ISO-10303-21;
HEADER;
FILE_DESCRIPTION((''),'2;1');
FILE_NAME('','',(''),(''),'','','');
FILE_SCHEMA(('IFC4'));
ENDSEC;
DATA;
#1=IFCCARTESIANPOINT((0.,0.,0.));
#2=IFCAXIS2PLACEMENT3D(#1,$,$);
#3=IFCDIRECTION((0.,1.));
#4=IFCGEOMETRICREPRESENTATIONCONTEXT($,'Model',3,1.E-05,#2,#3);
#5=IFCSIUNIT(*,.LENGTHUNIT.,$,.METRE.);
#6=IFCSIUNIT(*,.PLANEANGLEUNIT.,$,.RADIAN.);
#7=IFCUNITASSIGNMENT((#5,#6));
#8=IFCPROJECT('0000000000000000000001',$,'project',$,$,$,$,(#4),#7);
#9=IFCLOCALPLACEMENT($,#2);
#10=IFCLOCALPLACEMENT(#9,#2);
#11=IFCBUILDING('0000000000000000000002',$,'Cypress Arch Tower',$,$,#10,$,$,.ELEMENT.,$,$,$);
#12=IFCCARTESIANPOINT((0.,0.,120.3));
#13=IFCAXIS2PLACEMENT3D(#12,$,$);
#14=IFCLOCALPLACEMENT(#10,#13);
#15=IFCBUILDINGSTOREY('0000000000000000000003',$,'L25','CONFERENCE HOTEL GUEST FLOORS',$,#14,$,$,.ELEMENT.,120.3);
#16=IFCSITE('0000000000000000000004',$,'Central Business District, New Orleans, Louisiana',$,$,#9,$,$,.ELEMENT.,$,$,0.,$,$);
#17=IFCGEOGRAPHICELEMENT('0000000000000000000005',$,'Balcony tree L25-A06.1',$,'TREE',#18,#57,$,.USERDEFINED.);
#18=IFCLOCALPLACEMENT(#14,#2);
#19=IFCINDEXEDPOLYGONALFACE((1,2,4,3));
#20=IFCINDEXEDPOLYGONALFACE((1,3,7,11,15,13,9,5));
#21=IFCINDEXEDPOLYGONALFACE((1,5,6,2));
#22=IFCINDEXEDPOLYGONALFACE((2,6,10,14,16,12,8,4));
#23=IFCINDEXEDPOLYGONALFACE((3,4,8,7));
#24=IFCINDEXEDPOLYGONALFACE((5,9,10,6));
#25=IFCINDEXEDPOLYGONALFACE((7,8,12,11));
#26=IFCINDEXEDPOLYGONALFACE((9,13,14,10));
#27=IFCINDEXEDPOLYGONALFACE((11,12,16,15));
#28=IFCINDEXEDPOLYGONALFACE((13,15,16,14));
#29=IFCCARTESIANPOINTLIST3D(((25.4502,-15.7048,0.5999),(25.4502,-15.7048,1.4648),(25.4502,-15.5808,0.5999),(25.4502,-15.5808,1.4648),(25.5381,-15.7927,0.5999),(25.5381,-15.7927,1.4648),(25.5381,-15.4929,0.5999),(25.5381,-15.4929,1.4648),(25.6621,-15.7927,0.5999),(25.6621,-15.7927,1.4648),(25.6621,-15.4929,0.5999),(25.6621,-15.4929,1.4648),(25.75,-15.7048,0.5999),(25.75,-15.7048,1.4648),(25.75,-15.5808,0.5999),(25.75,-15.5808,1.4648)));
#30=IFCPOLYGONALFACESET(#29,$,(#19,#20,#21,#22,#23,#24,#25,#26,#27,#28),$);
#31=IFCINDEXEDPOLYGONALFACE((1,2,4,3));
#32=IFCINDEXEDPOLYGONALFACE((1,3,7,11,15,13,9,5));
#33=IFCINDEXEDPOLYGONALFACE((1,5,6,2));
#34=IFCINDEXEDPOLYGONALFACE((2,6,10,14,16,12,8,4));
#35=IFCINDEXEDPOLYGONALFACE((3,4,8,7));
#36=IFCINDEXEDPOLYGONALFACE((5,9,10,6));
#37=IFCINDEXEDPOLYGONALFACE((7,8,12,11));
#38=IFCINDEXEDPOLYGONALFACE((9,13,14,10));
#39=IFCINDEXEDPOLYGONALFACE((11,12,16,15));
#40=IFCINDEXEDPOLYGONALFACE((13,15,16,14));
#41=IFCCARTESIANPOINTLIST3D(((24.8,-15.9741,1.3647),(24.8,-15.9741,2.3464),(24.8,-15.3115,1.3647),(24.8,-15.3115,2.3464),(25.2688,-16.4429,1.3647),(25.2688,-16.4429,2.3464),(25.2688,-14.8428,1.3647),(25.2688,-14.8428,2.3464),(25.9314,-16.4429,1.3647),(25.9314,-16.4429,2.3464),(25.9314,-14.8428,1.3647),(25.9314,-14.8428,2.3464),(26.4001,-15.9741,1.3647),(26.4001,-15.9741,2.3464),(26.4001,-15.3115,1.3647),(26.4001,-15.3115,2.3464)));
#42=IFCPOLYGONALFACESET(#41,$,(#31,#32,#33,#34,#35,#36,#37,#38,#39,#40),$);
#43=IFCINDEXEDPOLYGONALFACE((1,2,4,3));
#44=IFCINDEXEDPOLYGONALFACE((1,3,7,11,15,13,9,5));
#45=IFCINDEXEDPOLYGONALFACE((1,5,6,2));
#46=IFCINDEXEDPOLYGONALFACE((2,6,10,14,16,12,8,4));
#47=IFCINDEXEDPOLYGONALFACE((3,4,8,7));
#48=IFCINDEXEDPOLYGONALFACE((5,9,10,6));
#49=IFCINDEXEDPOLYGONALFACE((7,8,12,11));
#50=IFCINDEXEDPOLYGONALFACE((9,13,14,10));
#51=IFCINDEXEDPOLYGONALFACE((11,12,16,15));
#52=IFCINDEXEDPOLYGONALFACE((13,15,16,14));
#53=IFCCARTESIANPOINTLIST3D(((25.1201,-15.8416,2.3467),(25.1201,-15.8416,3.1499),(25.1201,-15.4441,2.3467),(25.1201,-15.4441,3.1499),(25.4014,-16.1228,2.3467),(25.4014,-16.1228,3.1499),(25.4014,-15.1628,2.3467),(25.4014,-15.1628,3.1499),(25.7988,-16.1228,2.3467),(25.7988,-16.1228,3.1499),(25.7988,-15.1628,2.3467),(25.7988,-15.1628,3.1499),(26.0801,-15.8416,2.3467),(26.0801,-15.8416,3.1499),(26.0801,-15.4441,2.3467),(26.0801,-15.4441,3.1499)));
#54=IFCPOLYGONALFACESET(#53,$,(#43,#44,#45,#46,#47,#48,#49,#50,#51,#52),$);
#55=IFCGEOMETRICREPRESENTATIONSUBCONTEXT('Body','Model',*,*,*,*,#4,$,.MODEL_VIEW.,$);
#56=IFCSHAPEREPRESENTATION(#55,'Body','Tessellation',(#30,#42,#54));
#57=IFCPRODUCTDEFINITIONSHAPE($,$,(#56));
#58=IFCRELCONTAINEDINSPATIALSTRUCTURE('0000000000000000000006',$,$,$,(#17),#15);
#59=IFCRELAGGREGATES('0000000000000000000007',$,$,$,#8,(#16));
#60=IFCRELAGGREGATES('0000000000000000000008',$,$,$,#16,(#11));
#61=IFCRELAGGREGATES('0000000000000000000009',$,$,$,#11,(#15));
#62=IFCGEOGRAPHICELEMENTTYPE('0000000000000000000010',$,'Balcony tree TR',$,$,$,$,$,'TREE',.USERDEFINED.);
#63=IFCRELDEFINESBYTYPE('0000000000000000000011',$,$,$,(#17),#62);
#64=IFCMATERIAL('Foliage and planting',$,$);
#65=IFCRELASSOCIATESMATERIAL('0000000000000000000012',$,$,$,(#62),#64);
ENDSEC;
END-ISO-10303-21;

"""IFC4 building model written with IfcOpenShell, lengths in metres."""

from ifc_helpers import new_model, si_unit, direction, frame, origin, place, context, subcontext, project, spatial, polyline, outline, extrude, material, type_object, element, save


model = new_model("IFC4")

# Units and contexts
model_context = context("Model", 3, precision=1e-05, world=origin(), true_north=direction((0.0, 1.0)))
body_context = subcontext(model_context, "Body", "Model", "MODEL_VIEW")
ifc_project = project(units=[si_unit("LENGTHUNIT", "METRE"), si_unit("PLANEANGLEUNIT", "RADIAN")], contexts=[model_context])

# Site, building, storey
site_placement = place(None, origin())
site = spatial("IfcSite", under=ifc_project, at=site_placement, Name="Central Business District, New Orleans, Louisiana", CompositionType="ELEMENT", RefElevation=0.0)
building_placement = place(site_placement, origin())
building = spatial("IfcBuilding", under=site, at=building_placement, Name="Cypress Arch Tower", CompositionType="ELEMENT")
storey_placement = place(building_placement, frame((0.0, 0.0, 120.3)))
storey = spatial("IfcBuildingStorey", under=building, at=storey_placement, Name="L25", Description="CONFERENCE HOTEL GUEST FLOORS", CompositionType="ELEMENT", Elevation=120.3)

# Geographic element
ifc_material_1 = material(Name="Foliage and planting")
geographic_element_type = type_object("IfcGeographicElementType", Name="Balcony tree TR", ElementType="TREE", PredefinedType="USERDEFINED", material=ifc_material_1)
geographic_element_placement = place(storey_placement, frame((25.6001, -15.6428, 0.5999), z_axis=(0.0, 0.0, 1.0), x_axis=(1.0, 0.0, 0.0)))
element("IfcGeographicElement", 1, at=geographic_element_placement, inside=storey, type_object=geographic_element_type, Name="Balcony tree L25-A06.1", ObjectType="TREE", PredefinedType="USERDEFINED", context=body_context, shape_type="SweptSolid", body=[
    extrude(outline(polyline([(0.1499, 0.062), (0.062, 0.1499), (-0.062, 0.1499), (-0.1499, 0.062), (-0.1499, -0.062), (-0.062, -0.1499), (0.062, -0.1499), (0.1499, -0.062), (0.1499, 0.062)])), origin(), (0.0, 0.0, 1.0), 0.865),
    extrude(outline(polyline([(0.8, 0.3313), (0.3313, 0.8), (-0.3313, 0.8), (-0.8, 0.3313), (-0.8, -0.3313), (-0.3313, -0.8), (0.3313, -0.8), (0.8, -0.3313), (0.8, 0.3313)])), frame((0.0, 0.0, 0.7649)), (0.0, 0.0, 1.0), 0.9817),
    extrude(outline(polyline([(0.48, 0.1987), (0.1987, 0.48), (-0.1987, 0.48), (-0.48, 0.1987), (-0.48, -0.1987), (-0.1987, -0.48), (0.1987, -0.48), (0.48, -0.1987), (0.48, 0.1987)])), frame((0.0, 0.0, 1.7468)), (0.0, 0.0, 1.0), 0.8032),
])

save(model, "model.ifc")
